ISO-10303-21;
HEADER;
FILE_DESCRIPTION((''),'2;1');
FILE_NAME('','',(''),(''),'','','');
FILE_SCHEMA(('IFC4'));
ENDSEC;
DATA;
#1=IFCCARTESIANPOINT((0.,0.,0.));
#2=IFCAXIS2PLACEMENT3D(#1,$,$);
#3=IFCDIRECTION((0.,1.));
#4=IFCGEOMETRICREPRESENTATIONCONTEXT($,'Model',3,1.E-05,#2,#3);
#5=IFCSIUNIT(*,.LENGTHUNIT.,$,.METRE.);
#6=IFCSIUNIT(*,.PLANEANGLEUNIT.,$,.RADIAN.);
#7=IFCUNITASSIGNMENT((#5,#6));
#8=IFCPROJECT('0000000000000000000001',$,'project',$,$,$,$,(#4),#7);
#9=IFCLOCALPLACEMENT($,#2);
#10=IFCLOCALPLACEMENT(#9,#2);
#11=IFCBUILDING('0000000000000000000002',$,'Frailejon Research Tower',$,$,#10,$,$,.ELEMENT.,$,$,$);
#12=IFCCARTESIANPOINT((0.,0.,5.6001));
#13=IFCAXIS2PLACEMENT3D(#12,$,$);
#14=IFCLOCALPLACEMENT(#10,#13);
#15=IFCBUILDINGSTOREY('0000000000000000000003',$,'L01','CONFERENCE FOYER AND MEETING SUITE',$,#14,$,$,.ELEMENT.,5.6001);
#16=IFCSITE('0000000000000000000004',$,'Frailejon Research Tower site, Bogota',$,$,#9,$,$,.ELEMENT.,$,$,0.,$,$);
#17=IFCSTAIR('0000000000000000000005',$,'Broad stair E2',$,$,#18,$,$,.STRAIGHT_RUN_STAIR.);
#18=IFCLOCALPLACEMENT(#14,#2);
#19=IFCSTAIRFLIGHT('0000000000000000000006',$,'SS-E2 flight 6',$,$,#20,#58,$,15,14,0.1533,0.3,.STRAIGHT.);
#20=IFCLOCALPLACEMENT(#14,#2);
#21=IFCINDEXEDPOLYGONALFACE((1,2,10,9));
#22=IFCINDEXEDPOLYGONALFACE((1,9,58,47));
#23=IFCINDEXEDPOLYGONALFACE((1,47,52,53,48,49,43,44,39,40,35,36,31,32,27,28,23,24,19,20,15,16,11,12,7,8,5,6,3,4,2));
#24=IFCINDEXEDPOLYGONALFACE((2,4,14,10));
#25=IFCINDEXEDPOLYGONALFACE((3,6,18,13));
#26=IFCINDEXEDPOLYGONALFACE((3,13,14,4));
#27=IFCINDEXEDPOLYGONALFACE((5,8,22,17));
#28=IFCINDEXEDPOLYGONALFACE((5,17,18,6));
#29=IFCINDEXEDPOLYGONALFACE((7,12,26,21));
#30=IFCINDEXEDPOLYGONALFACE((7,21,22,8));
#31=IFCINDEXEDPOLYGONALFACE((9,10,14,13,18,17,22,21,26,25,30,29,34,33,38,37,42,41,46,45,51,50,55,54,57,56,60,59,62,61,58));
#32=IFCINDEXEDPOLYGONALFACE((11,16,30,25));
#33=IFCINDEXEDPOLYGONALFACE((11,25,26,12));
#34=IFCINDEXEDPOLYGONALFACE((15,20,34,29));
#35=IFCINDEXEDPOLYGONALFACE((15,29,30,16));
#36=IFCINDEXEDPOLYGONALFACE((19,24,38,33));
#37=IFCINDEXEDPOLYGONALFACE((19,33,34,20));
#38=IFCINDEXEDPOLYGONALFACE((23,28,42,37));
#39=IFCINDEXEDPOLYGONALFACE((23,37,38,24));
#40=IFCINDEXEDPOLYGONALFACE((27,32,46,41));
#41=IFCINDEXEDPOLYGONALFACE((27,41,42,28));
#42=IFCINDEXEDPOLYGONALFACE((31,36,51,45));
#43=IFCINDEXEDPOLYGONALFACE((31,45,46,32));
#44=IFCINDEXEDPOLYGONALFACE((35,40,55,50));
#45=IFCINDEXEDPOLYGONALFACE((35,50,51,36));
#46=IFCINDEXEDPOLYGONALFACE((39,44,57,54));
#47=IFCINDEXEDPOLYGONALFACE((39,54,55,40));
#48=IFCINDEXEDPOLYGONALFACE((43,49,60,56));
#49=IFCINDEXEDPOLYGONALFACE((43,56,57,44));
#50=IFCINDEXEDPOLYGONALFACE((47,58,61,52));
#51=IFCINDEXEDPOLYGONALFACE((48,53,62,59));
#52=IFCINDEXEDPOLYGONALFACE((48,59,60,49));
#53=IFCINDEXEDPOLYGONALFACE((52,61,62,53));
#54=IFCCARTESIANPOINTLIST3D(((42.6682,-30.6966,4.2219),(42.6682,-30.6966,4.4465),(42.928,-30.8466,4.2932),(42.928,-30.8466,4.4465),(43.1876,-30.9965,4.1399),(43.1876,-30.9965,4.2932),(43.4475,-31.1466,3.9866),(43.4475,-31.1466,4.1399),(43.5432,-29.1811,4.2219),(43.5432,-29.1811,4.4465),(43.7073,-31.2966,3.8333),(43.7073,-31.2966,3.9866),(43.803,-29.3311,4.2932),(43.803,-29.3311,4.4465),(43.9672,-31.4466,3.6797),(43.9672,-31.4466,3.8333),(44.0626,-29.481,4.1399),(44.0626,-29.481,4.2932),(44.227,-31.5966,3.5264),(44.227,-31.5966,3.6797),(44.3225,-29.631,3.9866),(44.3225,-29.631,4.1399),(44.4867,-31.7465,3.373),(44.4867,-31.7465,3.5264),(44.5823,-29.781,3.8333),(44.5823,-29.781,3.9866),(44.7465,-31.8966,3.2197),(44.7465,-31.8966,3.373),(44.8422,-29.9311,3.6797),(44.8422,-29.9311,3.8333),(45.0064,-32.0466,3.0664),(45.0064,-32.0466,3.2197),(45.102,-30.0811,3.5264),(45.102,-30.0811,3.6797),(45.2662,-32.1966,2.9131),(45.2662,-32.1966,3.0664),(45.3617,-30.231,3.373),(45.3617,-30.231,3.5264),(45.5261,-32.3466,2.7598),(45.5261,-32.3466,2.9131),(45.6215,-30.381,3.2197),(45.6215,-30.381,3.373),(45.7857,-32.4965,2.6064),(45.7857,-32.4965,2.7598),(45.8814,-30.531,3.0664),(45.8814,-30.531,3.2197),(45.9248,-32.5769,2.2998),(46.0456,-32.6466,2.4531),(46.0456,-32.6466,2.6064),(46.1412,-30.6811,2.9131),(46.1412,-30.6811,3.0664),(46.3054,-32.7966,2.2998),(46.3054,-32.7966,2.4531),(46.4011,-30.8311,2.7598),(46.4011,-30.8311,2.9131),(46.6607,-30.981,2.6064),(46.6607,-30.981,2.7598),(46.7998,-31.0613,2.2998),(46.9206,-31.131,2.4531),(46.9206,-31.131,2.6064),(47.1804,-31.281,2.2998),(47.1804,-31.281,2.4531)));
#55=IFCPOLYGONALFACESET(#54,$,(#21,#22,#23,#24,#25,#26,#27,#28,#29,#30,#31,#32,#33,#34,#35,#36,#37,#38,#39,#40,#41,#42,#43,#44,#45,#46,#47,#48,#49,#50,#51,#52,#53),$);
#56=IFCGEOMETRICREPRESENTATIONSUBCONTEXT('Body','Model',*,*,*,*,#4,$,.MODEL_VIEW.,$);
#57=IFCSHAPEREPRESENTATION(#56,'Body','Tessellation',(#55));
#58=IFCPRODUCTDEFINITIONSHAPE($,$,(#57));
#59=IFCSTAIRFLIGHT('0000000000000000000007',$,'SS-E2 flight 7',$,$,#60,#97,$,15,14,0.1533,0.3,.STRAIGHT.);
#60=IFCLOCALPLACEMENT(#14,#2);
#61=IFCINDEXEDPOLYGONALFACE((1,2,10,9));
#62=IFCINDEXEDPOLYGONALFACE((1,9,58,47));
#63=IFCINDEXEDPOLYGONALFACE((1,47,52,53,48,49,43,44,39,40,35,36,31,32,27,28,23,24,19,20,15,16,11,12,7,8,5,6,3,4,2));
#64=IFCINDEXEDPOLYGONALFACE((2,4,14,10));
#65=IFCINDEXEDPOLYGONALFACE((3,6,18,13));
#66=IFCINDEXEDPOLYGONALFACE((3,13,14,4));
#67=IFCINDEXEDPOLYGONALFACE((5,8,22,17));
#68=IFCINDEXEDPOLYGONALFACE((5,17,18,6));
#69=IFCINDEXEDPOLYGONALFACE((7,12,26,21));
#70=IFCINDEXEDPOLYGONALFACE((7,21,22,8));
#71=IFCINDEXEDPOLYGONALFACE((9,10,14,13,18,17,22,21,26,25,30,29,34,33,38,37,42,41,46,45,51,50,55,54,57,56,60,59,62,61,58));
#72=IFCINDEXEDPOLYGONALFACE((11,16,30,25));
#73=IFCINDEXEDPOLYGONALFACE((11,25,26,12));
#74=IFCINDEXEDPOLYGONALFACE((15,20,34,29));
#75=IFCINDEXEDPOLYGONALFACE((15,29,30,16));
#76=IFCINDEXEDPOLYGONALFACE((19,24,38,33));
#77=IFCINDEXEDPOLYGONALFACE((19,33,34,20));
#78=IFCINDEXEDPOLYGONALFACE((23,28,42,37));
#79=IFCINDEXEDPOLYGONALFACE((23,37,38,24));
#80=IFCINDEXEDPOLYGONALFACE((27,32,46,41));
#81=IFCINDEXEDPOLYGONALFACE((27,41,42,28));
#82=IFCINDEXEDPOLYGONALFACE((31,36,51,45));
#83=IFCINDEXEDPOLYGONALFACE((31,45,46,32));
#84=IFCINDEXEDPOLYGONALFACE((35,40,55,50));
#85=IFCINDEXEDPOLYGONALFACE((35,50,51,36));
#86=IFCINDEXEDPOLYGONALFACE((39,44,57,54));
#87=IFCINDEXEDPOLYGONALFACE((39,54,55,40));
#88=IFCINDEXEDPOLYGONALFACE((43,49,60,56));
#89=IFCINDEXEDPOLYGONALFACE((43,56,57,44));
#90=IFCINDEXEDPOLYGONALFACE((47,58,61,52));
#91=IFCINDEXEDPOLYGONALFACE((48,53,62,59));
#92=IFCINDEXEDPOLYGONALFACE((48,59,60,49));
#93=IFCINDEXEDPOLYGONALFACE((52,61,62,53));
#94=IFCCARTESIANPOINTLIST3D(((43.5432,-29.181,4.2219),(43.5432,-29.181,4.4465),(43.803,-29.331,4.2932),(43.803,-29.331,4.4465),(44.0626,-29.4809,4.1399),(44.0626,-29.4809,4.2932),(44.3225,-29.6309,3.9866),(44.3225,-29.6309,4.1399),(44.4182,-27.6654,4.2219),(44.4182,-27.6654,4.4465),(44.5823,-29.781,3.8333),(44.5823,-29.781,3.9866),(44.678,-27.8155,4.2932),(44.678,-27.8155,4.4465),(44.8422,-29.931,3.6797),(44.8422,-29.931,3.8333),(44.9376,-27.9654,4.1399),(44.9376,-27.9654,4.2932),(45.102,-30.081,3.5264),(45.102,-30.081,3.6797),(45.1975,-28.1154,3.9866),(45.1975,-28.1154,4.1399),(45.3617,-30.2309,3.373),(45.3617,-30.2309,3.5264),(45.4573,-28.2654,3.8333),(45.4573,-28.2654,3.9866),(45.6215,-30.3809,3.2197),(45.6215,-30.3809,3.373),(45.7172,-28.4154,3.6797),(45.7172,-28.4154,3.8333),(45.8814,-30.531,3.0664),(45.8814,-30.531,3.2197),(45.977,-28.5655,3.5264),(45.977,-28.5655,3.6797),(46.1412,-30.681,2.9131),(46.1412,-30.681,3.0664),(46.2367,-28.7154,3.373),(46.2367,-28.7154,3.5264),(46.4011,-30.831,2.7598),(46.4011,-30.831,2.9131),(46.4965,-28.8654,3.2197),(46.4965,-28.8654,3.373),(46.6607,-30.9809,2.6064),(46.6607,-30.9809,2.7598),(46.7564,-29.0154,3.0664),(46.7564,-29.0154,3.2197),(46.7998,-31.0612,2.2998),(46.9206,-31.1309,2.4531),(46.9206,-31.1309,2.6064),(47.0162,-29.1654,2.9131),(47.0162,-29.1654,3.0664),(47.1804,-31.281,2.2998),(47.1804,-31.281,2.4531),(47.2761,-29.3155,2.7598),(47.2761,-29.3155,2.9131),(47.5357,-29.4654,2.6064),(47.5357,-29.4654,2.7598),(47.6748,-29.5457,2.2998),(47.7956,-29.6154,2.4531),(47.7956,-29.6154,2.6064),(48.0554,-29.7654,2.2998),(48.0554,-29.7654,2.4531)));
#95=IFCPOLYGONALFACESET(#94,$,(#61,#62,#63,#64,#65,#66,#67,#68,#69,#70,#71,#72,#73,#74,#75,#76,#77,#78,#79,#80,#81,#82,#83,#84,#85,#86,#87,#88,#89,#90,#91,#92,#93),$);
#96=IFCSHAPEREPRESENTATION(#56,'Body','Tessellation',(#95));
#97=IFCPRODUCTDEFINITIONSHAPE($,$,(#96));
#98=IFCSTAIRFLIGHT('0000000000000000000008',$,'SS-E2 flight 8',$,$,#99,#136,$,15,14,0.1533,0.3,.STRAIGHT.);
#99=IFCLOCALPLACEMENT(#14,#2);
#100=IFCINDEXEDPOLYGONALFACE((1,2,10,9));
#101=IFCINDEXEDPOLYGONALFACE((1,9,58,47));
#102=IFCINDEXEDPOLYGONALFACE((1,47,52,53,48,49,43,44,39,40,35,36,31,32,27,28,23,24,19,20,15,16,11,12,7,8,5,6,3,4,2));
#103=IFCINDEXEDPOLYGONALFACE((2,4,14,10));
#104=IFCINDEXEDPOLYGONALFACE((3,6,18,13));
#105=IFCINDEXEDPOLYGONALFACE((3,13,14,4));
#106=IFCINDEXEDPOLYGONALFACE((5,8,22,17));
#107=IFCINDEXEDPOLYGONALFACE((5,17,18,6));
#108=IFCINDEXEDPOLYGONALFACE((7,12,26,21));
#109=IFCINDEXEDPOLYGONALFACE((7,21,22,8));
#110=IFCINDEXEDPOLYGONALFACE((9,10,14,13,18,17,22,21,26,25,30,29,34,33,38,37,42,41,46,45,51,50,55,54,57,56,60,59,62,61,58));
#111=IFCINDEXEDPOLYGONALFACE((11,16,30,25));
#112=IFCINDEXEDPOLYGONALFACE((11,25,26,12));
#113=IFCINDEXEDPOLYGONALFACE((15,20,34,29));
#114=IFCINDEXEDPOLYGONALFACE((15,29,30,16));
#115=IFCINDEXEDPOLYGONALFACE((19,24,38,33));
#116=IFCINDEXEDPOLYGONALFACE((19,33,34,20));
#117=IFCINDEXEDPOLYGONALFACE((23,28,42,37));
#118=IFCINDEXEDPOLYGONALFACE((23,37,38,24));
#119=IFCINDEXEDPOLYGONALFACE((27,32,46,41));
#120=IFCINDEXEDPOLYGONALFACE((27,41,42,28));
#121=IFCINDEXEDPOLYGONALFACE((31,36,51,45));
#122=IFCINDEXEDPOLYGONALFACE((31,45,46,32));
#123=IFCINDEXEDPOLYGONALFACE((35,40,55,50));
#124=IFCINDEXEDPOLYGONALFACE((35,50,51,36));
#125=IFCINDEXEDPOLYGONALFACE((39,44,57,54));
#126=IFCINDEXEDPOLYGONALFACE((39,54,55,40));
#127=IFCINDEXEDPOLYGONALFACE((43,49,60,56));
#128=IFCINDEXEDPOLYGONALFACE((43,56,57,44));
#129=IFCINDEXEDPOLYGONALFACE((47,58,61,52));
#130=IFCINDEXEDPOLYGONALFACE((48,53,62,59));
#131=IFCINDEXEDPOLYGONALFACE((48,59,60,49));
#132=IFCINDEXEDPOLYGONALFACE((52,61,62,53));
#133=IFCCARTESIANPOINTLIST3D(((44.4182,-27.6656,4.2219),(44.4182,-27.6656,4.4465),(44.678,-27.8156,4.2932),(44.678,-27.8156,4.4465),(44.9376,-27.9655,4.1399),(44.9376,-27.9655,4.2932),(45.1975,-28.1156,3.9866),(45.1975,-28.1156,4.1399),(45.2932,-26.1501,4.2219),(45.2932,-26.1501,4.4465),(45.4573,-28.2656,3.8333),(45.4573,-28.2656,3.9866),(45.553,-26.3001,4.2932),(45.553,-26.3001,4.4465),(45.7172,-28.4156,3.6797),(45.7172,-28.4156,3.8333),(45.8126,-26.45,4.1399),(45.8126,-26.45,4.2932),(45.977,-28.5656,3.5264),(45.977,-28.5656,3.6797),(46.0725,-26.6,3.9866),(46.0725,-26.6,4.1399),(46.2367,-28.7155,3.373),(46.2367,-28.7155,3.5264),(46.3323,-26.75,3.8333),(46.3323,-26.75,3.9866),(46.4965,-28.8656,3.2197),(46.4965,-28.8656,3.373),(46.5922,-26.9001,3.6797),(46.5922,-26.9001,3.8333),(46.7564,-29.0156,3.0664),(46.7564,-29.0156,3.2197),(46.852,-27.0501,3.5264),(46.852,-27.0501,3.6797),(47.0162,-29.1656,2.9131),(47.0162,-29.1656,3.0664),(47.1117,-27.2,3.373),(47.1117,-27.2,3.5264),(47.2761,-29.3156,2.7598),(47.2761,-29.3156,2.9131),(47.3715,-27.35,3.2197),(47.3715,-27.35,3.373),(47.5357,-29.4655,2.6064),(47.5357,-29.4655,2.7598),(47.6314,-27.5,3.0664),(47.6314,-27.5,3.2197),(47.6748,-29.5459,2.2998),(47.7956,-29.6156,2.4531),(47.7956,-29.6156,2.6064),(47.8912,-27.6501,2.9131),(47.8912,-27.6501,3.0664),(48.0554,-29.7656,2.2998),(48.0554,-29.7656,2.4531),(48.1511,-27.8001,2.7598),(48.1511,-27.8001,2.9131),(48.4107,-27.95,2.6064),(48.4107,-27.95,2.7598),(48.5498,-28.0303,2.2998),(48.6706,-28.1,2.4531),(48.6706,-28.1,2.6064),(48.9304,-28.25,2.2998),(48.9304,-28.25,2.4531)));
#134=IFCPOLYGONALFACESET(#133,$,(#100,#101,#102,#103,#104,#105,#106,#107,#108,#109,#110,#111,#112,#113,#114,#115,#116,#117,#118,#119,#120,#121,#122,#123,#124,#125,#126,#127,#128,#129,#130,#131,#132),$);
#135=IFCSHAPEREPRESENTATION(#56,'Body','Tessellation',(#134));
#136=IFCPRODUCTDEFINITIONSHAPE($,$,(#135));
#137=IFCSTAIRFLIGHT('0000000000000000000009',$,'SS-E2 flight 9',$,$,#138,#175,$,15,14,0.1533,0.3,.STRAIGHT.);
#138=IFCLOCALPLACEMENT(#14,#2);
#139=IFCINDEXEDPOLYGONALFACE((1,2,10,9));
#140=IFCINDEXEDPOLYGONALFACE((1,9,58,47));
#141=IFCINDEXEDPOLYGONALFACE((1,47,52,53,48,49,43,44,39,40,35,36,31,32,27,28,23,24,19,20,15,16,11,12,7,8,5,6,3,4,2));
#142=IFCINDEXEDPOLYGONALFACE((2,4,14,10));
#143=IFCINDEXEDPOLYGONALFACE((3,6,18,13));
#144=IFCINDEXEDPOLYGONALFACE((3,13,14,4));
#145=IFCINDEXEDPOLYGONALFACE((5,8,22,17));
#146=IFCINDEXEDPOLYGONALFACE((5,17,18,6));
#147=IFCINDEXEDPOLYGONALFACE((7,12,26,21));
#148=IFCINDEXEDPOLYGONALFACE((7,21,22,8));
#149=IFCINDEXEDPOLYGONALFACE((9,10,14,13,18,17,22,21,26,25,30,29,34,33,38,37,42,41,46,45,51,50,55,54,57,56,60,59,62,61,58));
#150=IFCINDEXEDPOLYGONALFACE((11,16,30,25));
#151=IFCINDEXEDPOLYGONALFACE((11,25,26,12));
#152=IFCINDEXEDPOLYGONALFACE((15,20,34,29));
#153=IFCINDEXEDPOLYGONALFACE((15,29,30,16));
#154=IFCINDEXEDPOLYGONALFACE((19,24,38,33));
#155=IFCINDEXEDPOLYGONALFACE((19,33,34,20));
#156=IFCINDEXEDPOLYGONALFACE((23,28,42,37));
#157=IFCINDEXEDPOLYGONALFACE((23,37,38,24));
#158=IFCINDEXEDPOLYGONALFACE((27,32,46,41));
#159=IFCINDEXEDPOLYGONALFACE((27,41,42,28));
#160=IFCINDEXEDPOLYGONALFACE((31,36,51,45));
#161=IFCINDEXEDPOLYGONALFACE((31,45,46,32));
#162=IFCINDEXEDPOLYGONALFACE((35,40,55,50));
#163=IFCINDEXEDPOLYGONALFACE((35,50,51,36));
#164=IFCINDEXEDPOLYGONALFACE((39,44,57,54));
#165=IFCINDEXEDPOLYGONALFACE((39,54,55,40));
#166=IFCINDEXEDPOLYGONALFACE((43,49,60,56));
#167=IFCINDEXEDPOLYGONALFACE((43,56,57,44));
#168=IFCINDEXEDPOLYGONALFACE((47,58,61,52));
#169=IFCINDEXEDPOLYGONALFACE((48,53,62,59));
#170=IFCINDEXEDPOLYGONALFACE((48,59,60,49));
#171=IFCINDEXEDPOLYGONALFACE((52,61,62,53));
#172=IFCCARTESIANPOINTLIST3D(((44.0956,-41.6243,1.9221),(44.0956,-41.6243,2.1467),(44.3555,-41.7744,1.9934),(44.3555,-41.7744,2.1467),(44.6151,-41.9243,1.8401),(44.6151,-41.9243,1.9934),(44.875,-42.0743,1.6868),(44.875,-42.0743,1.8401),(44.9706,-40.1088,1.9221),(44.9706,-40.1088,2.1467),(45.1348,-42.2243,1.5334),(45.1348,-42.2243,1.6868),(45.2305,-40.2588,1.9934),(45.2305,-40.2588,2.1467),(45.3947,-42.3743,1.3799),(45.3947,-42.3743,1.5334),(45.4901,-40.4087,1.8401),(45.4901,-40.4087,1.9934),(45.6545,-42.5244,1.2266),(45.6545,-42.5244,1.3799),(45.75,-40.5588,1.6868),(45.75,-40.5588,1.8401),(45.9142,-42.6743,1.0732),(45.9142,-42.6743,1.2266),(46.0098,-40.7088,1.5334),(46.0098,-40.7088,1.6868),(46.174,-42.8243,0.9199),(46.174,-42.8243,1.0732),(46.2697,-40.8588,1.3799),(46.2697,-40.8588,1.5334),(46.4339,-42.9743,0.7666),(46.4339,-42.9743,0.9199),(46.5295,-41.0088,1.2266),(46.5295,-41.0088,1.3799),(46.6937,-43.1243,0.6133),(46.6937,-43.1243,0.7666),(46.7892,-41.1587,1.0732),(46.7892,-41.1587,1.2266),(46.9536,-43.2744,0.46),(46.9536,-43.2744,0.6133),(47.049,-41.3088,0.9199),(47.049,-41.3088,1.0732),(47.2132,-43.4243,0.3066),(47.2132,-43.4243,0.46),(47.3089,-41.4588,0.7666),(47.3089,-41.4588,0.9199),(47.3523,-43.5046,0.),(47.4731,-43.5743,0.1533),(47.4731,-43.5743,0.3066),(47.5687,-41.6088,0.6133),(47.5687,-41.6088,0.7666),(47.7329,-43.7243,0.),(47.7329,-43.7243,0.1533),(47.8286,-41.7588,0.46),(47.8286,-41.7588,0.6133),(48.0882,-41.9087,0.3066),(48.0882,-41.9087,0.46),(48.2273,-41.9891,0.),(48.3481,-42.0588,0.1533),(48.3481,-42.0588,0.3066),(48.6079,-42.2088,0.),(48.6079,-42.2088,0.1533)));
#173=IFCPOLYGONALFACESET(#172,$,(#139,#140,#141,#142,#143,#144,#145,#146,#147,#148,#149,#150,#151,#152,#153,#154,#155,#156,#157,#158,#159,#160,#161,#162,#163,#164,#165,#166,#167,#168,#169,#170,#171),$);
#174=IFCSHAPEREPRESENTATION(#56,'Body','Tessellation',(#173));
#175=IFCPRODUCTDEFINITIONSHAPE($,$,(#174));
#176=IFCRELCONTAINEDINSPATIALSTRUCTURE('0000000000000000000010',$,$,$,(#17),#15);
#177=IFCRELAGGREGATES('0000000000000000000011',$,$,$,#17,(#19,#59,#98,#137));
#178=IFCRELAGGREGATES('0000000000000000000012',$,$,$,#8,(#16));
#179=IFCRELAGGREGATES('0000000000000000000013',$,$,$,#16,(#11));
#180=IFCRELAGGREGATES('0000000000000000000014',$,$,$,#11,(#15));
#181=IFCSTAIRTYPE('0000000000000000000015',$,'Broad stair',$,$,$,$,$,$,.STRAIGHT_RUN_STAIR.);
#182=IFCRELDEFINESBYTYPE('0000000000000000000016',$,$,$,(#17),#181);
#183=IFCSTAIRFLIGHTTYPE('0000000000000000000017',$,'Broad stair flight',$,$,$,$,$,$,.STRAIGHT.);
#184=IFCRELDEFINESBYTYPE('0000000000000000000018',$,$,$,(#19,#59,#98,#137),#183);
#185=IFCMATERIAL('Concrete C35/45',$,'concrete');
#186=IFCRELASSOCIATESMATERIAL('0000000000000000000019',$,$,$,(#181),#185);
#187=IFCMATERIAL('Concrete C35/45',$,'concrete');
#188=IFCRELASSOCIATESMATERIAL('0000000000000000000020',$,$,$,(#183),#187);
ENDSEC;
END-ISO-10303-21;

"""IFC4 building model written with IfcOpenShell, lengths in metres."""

from ifc_helpers import new_model, si_unit, direction, frame, origin, place, context, subcontext, project, spatial, polyline, outline, extrude, material, type_object, element, aggregate, save


model = new_model("IFC4")

# Units and contexts
model_context = context("Model", 3, precision=1e-05, world=origin(), true_north=direction((0.0, 1.0)))
body_context = subcontext(model_context, "Body", "Model", "MODEL_VIEW")
ifc_project = project(units=[si_unit("LENGTHUNIT", "METRE"), si_unit("PLANEANGLEUNIT", "RADIAN")], contexts=[model_context])

# Site, building, storey
site_placement = place(None, origin())
site = spatial("IfcSite", under=ifc_project, at=site_placement, Name="Frailejon Research Tower site, Bogota", CompositionType="ELEMENT", RefElevation=0.0)
building_placement = place(site_placement, origin())
building = spatial("IfcBuilding", under=site, at=building_placement, Name="Frailejon Research Tower", CompositionType="ELEMENT")
storey_placement = place(building_placement, frame((0.0, 0.0, 5.6001)))
storey = spatial("IfcBuildingStorey", under=building, at=storey_placement, Name="L01", Description="CONFERENCE FOYER AND MEETING SUITE", CompositionType="ELEMENT", Elevation=5.6001)

# Stair, stair flights
ifc_material_1 = material(Name="Concrete C35/45", Category="concrete")
stair_type = type_object("IfcStairType", Name="Broad stair", PredefinedType="STRAIGHT_RUN_STAIR", material=ifc_material_1)
stair_placement = place(storey_placement, origin())
stair = element("IfcStair", 1, at=stair_placement, inside=storey, type_object=stair_type, Name="Broad stair E2", PredefinedType="STRAIGHT_RUN_STAIR")
ifc_material_2 = material(Name="Concrete C35/45", Category="concrete")
stair_flight_type = type_object("IfcStairFlightType", Name="Broad stair flight", PredefinedType="STRAIGHT", material=ifc_material_2)
stair_flight_1_placement = place(storey_placement, frame((46.7429, -32.0388, 2.2998), z_axis=(0.0, 0.0, 1.0), x_axis=(-0.866025, 0.5, 0.0)))
stair_flight_1 = element("IfcStairFlight", 2, at=stair_flight_1_placement, type_object=stair_flight_type, Name="SS-E2 flight 6", NumberOfRisers=15, NumberOfTreads=14, PredefinedType="STRAIGHT", RiserHeight=0.1533, TreadLength=0.3, context=body_context, shape_type="SweptSolid", body=[
    extrude(outline(polyline([(0.0, 0.0), (0.0, 0.1533), (0.3, 0.1533), (0.3, 0.3066), (0.6001, 0.3066), (0.6001, 0.46), (0.8999, 0.46), (0.8999, 0.6133), (1.2, 0.6133), (1.2, 0.7666), (1.5, 0.7666), (1.5, 0.9199), (1.8, 0.9199), (1.8, 1.0732), (2.1001, 1.0732), (2.1001, 1.2266), (2.3999, 1.2266), (2.3999, 1.3799), (2.7, 1.3799), (2.7, 1.5334), (3.0, 1.5334), (3.0, 1.6868), (3.3, 1.6868), (3.3, 1.8401), (3.6001, 1.8401), (3.6001, 1.9934), (3.8999, 1.9934), (3.8999, 2.1467), (4.2, 2.1467), (4.2, 2.3), (4.2, 1.9221), (0.4395, 0.0), (0.0, 0.0)])), frame((0.0, 0.875, 0.0), z_axis=(0.0, -1.0, 0.0), x_axis=(1.0, 0.0, 0.0)), (0.0, 0.0, 1.0), 1.75),
])
stair_flight_2_placement = place(storey_placement, frame((47.6179, -30.5232, 2.2998), z_axis=(0.0, 0.0, 1.0), x_axis=(-0.866025, 0.5, 0.0)))
stair_flight_2 = element("IfcStairFlight", 3, at=stair_flight_2_placement, type_object=stair_flight_type, Name="SS-E2 flight 7", NumberOfRisers=15, NumberOfTreads=14, PredefinedType="STRAIGHT", RiserHeight=0.1533, TreadLength=0.3, context=body_context, shape_type="SweptSolid", body=[
    extrude(outline(polyline([(0.0, 0.0), (0.0, 0.1533), (0.3, 0.1533), (0.3, 0.3066), (0.6001, 0.3066), (0.6001, 0.46), (0.8999, 0.46), (0.8999, 0.6133), (1.2, 0.6133), (1.2, 0.7666), (1.5, 0.7666), (1.5, 0.9199), (1.8, 0.9199), (1.8, 1.0732), (2.1001, 1.0732), (2.1001, 1.2266), (2.3999, 1.2266), (2.3999, 1.3799), (2.7, 1.3799), (2.7, 1.5334), (3.0, 1.5334), (3.0, 1.6868), (3.3, 1.6868), (3.3, 1.8401), (3.6001, 1.8401), (3.6001, 1.9934), (3.8999, 1.9934), (3.8999, 2.1467), (4.2, 2.1467), (4.2, 2.3), (4.2, 1.9221), (0.4395, 0.0), (0.0, 0.0)])), frame((0.0, 0.875, 0.0), z_axis=(0.0, -1.0, 0.0), x_axis=(1.0, 0.0, 0.0)), (0.0, 0.0, 1.0), 1.75),
])
stair_flight_3_placement = place(storey_placement, frame((48.4929, -29.0078, 2.2998), z_axis=(0.0, 0.0, 1.0), x_axis=(-0.866025, 0.5, 0.0)))
stair_flight_3 = element("IfcStairFlight", 4, at=stair_flight_3_placement, type_object=stair_flight_type, Name="SS-E2 flight 8", NumberOfRisers=15, NumberOfTreads=14, PredefinedType="STRAIGHT", RiserHeight=0.1533, TreadLength=0.3, context=body_context, shape_type="SweptSolid", body=[
    extrude(outline(polyline([(0.0, 0.0), (0.0, 0.1533), (0.3, 0.1533), (0.3, 0.3066), (0.6001, 0.3066), (0.6001, 0.46), (0.8999, 0.46), (0.8999, 0.6133), (1.2, 0.6133), (1.2, 0.7666), (1.5, 0.7666), (1.5, 0.9199), (1.8, 0.9199), (1.8, 1.0732), (2.1001, 1.0732), (2.1001, 1.2266), (2.3999, 1.2266), (2.3999, 1.3799), (2.7, 1.3799), (2.7, 1.5334), (3.0, 1.5334), (3.0, 1.6868), (3.3, 1.6868), (3.3, 1.8401), (3.6001, 1.8401), (3.6001, 1.9934), (3.8999, 1.9934), (3.8999, 2.1467), (4.2, 2.1467), (4.2, 2.3), (4.2, 1.9221), (0.4395, 0.0), (0.0, 0.0)])), frame((0.0, 0.875, 0.0), z_axis=(0.0, -1.0, 0.0), x_axis=(1.0, 0.0, 0.0)), (0.0, 0.0, 1.0), 1.75),
])
stair_flight_4_placement = place(storey_placement, frame((48.1704, -42.9666, 0.0), z_axis=(0.0, 0.0, 1.0), x_axis=(-0.866025, 0.5, 0.0)))
stair_flight_4 = element("IfcStairFlight", 5, at=stair_flight_4_placement, type_object=stair_flight_type, Name="SS-E2 flight 9", NumberOfRisers=15, NumberOfTreads=14, PredefinedType="STRAIGHT", RiserHeight=0.1533, TreadLength=0.3, context=body_context, shape_type="SweptSolid", body=[
    extrude(outline(polyline([(0.0, 0.0), (0.0, 0.1533), (0.3, 0.1533), (0.3, 0.3066), (0.6001, 0.3066), (0.6001, 0.46), (0.8999, 0.46), (0.8999, 0.6133), (1.2, 0.6133), (1.2, 0.7666), (1.5, 0.7666), (1.5, 0.9199), (1.8, 0.9199), (1.8, 1.0732), (2.1001, 1.0732), (2.1001, 1.2266), (2.3999, 1.2266), (2.3999, 1.3799), (2.7, 1.3799), (2.7, 1.5334), (3.0, 1.5334), (3.0, 1.6868), (3.3, 1.6868), (3.3, 1.8401), (3.6001, 1.8401), (3.6001, 1.9934), (3.8999, 1.9934), (3.8999, 2.1467), (4.2, 2.1467), (4.2, 2.3), (4.2, 1.9221), (0.4395, 0.0), (0.0, 0.0)])), frame((0.0, 0.875, 0.0), z_axis=(0.0, -1.0, 0.0), x_axis=(1.0, 0.0, 0.0)), (0.0, 0.0, 1.0), 1.75),
])
aggregate(stair, [stair_flight_1, stair_flight_2, stair_flight_3, stair_flight_4])

save(model, "model.ifc")
